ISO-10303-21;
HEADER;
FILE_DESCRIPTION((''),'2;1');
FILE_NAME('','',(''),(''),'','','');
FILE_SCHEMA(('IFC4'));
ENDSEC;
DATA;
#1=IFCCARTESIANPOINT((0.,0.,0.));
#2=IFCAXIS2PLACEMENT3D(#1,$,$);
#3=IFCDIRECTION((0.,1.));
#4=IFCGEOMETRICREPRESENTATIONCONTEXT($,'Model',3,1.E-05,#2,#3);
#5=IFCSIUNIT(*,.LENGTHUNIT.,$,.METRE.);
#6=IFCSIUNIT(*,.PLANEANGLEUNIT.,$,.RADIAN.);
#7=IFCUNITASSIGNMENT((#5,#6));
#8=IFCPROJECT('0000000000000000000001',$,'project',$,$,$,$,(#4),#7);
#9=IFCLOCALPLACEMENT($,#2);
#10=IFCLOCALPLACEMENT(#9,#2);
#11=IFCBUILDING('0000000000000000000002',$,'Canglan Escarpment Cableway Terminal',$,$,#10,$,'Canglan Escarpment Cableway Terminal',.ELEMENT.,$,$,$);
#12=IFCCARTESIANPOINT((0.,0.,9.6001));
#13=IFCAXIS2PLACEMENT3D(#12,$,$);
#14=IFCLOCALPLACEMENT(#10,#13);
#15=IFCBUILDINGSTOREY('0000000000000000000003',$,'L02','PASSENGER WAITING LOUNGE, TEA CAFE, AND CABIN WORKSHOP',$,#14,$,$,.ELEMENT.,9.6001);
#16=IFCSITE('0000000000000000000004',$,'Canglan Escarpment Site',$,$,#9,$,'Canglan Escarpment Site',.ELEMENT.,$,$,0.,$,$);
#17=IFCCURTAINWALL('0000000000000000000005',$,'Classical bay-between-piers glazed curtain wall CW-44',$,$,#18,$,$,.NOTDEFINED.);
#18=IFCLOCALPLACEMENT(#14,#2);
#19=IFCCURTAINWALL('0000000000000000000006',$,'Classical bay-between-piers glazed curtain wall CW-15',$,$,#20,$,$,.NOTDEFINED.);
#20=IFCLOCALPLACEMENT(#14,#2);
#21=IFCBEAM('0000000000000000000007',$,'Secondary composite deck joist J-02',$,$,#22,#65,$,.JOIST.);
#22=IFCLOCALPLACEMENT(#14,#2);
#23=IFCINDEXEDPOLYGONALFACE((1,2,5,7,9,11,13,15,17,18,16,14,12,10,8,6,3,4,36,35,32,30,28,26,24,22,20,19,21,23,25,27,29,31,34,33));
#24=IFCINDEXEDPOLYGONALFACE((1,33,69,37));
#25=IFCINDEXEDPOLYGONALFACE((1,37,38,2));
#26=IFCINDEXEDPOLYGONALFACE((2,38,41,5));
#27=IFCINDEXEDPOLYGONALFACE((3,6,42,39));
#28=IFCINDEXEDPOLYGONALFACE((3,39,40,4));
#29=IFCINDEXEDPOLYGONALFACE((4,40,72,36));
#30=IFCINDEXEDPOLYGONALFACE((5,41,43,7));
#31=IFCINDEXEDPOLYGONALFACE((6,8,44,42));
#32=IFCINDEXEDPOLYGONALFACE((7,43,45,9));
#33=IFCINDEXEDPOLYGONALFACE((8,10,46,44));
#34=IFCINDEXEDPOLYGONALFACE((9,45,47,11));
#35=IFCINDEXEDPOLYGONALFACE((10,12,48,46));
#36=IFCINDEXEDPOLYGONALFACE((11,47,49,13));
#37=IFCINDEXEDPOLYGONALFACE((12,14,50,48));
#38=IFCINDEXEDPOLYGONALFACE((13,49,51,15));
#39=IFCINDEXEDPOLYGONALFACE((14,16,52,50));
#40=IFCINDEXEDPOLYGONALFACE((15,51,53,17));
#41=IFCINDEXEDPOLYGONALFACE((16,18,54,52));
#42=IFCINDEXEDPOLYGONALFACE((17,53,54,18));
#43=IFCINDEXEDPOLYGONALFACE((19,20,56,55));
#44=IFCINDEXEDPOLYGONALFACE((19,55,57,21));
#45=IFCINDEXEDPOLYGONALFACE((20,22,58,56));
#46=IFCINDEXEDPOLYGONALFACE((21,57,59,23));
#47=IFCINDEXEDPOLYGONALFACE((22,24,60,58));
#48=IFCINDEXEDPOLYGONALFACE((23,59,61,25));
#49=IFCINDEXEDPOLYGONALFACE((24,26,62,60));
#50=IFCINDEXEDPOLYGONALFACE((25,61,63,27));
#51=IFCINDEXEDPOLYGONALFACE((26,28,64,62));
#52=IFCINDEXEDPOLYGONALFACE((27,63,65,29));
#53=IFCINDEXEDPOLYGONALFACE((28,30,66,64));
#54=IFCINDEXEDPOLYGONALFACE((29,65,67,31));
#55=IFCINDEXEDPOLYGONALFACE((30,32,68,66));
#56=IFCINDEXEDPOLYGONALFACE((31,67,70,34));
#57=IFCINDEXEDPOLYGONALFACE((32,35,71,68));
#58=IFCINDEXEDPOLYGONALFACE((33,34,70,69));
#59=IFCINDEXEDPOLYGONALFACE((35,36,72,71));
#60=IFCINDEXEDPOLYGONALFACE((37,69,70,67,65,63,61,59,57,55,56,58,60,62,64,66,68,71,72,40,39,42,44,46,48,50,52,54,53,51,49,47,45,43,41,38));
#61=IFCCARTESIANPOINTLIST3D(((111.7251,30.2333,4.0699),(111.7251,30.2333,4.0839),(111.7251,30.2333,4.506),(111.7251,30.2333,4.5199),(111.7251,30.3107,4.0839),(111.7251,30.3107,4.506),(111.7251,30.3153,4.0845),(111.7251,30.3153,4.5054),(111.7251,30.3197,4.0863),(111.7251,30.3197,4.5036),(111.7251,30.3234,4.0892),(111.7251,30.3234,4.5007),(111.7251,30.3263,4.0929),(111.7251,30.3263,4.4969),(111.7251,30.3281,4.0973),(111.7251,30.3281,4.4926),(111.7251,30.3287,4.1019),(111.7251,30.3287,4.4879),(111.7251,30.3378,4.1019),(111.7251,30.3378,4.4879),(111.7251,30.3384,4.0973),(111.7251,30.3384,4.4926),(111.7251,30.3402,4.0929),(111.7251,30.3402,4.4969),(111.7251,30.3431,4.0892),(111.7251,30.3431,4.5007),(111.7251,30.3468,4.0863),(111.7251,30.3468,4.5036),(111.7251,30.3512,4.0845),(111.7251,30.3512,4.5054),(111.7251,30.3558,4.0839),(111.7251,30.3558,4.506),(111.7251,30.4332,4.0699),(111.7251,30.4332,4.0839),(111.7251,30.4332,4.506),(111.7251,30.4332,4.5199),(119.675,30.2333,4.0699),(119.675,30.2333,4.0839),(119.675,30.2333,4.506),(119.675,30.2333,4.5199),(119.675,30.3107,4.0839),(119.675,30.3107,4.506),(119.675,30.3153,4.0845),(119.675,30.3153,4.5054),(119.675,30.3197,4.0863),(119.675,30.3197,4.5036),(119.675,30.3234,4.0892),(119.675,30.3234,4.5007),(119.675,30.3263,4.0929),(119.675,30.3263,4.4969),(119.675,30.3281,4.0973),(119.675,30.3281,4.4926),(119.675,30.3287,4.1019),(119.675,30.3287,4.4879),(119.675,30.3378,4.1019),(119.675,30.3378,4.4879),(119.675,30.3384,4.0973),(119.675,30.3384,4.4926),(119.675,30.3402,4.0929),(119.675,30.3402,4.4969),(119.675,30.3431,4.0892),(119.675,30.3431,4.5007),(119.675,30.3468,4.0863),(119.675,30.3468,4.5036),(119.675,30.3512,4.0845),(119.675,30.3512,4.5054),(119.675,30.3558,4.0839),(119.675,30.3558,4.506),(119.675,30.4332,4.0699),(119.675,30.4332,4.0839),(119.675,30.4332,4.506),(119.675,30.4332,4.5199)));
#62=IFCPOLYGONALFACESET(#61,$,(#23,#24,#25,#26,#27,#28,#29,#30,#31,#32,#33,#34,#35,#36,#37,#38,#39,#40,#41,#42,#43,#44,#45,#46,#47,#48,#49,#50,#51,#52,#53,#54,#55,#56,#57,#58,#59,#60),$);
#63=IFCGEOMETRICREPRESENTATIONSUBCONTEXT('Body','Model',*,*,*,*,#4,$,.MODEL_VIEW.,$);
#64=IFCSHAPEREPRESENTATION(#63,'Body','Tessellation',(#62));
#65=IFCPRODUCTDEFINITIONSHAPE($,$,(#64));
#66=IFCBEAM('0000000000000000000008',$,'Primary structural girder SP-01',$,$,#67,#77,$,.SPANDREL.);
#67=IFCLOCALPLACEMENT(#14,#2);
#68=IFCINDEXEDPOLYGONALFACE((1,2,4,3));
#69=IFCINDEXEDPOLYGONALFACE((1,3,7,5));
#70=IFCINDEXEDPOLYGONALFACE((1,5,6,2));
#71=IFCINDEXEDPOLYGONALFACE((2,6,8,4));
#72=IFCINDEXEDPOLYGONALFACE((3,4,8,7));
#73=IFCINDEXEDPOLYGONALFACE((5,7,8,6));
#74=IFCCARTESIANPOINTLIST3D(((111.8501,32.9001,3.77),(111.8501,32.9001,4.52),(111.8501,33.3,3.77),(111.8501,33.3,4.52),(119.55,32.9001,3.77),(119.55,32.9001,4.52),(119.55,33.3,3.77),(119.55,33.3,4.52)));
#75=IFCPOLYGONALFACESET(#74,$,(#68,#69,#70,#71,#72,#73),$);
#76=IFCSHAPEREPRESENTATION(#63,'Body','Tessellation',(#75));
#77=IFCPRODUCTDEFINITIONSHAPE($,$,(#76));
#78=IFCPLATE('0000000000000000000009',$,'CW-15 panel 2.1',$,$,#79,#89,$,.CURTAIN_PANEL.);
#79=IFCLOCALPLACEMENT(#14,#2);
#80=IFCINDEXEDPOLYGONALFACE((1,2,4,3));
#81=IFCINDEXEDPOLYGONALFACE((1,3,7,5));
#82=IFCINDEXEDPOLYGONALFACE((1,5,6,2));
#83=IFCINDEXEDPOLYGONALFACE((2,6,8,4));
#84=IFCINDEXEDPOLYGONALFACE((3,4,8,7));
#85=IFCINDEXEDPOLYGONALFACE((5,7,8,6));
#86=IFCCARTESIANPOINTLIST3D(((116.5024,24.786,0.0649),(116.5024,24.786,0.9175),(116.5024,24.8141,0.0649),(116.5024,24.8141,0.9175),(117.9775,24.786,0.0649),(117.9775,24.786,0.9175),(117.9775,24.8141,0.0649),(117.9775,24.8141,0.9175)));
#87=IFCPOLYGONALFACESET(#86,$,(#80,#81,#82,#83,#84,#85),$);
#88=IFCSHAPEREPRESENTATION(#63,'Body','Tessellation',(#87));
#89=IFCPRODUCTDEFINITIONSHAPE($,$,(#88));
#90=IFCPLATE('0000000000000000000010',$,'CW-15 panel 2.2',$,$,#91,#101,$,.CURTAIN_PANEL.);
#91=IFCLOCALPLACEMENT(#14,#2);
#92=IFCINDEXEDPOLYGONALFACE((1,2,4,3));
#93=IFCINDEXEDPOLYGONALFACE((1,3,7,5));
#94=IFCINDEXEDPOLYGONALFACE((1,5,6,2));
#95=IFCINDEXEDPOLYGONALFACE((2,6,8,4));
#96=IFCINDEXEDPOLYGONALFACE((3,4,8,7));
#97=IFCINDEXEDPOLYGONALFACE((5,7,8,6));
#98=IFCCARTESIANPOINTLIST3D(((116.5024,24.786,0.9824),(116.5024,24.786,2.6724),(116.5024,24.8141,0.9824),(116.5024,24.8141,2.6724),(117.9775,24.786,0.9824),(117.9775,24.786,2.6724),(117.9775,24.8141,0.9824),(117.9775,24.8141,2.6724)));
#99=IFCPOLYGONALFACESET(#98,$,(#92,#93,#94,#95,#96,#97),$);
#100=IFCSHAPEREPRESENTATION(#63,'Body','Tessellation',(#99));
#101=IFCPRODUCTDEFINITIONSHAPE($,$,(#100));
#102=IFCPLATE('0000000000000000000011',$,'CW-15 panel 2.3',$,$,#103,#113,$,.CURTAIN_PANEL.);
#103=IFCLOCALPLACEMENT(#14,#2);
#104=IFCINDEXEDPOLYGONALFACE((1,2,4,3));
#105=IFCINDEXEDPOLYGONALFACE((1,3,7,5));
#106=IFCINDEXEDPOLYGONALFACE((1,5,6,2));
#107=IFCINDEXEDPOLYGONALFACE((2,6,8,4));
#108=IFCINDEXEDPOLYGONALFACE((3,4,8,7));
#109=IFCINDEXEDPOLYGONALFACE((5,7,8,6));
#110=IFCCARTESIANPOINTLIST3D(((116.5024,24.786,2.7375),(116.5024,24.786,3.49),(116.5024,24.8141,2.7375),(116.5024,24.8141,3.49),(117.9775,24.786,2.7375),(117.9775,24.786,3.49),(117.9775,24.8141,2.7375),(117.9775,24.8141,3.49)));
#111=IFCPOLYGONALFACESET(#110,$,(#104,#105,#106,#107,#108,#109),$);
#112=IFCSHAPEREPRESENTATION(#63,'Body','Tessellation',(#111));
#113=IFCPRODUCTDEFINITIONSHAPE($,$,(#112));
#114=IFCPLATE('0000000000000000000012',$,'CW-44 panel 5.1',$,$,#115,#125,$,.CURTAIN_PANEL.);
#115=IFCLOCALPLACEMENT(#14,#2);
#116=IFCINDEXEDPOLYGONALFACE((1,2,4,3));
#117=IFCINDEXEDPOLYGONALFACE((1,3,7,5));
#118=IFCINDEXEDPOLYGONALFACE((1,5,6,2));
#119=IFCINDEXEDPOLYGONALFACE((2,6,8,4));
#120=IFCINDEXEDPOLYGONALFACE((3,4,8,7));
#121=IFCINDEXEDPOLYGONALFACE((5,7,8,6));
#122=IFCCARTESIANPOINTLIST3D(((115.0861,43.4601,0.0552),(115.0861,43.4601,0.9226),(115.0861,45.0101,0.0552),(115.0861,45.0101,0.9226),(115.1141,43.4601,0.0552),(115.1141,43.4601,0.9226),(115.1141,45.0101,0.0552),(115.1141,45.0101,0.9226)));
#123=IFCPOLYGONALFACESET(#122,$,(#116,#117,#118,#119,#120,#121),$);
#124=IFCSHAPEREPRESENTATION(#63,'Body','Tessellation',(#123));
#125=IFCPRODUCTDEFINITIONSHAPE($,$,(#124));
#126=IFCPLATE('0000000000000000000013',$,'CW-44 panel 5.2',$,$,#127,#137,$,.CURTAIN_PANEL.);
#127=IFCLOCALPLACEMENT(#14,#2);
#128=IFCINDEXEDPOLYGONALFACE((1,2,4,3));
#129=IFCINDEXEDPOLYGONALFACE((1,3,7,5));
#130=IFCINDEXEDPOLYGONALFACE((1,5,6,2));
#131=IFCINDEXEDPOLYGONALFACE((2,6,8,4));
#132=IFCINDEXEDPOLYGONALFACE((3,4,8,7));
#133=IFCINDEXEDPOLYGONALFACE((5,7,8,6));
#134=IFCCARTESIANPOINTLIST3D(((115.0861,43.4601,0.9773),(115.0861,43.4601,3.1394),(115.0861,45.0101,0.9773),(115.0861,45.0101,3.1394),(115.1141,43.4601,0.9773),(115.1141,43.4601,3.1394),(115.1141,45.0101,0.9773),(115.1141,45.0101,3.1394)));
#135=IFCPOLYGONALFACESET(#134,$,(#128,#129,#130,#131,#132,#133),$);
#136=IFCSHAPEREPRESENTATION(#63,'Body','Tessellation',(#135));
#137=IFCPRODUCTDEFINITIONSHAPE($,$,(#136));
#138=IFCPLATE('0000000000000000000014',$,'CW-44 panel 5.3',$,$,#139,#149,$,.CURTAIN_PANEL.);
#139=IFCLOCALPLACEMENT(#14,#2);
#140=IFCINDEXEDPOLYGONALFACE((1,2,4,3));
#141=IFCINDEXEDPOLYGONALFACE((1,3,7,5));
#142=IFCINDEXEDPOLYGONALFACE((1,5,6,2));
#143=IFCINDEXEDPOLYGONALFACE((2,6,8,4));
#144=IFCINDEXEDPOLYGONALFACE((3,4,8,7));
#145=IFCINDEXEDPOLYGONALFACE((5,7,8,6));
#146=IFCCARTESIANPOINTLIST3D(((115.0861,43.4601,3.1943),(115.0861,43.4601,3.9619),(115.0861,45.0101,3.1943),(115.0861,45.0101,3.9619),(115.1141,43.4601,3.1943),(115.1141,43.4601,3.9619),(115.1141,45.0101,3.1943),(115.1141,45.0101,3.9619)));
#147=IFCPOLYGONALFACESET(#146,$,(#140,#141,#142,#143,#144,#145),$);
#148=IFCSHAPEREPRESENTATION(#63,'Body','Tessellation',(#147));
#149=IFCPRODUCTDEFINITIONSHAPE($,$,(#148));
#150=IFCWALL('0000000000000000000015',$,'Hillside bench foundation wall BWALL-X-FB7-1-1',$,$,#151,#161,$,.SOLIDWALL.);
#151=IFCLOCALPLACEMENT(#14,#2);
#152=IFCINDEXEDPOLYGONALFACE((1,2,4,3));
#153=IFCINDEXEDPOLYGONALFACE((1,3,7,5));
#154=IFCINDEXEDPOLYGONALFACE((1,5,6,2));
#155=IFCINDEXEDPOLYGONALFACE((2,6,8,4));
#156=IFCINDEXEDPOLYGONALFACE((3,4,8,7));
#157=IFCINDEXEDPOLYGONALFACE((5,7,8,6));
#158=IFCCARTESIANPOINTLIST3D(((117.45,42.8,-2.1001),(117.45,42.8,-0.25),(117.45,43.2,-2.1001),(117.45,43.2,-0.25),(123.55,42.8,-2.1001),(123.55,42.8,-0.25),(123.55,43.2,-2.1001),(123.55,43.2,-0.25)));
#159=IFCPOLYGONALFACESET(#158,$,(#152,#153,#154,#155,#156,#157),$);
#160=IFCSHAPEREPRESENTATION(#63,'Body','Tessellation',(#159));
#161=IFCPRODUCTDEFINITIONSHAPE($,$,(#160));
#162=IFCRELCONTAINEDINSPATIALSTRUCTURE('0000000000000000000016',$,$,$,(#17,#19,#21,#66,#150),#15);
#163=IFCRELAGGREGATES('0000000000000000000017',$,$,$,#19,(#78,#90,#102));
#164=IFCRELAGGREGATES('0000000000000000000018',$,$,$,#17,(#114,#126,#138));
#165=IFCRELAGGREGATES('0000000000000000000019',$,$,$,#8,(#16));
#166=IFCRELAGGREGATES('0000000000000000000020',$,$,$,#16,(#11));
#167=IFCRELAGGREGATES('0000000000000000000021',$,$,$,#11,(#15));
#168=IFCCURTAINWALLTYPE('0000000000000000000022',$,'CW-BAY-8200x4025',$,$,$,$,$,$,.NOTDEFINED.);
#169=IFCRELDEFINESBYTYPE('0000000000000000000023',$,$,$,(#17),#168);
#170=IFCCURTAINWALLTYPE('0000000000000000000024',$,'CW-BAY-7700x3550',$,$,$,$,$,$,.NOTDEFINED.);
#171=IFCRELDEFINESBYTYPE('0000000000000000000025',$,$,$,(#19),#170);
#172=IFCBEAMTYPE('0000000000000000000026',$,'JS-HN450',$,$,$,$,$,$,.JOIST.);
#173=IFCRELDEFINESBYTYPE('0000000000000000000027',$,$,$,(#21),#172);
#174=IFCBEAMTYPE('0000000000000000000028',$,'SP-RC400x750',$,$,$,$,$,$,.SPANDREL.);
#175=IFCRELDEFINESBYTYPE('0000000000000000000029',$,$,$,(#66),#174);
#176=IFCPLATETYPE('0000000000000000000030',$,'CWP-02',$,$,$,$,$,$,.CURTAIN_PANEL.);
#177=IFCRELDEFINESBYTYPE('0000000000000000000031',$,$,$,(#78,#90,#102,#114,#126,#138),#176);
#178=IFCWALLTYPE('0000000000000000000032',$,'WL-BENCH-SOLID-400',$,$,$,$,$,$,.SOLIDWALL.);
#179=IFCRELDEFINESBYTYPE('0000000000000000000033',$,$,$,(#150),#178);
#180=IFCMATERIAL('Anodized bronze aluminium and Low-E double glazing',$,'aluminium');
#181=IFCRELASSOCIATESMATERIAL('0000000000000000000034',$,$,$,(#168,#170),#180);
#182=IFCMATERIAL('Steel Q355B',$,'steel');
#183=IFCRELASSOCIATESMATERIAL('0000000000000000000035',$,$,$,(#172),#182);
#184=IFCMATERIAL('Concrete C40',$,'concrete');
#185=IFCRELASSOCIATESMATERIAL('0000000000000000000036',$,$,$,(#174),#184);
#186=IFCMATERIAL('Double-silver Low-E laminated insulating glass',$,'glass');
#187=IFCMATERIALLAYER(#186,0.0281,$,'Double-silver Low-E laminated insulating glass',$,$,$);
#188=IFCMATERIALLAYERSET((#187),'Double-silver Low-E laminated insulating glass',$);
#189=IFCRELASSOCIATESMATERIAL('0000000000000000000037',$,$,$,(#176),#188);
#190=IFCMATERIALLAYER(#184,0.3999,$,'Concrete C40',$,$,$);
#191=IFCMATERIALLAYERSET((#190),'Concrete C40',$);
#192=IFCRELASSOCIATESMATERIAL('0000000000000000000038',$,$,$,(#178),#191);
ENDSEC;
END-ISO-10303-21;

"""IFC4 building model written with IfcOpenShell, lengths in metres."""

from ifc_helpers import new_model, si_unit, direction, frame, frame_2d, origin, origin_2d, place, context, subcontext, project, spatial, rectangle, i_section, extrude, material, layer, layer_set, material_profile, profile_set, type_object, element, aggregate, save


model = new_model("IFC4")

# Units and contexts
model_context = context("Model", 3, precision=1e-05, world=origin(), true_north=direction((0.0, 1.0)))
body_context = subcontext(model_context, "Body", "Model", "MODEL_VIEW")
ifc_project = project(units=[si_unit("LENGTHUNIT", "METRE"), si_unit("PLANEANGLEUNIT", "RADIAN")], contexts=[model_context])

# Site, building, storey
site_placement = place(None, origin())
site = spatial("IfcSite", under=ifc_project, at=site_placement, Name="Canglan Escarpment Site", LongName="Canglan Escarpment Site", CompositionType="ELEMENT", RefElevation=0.0)
building_placement = place(site_placement, origin())
building = spatial("IfcBuilding", under=site, at=building_placement, Name="Canglan Escarpment Cableway Terminal", LongName="Canglan Escarpment Cableway Terminal", CompositionType="ELEMENT")
storey_placement = place(building_placement, frame((0.0, 0.0, 9.6001)))
storey = spatial("IfcBuildingStorey", under=building, at=storey_placement, Name="L02", Description="PASSENGER WAITING LOUNGE, TEA CAFE, AND CABIN WORKSHOP", CompositionType="ELEMENT", Elevation=9.6001)

# Shared definitions
ifc_material_1 = material(Name="Concrete C40", Category="concrete")

# Shared definitions
ifc_material_2 = material(Name="Steel Q355B", Category="steel")

# Curtain walls
ifc_material_3 = material(Name="Anodized bronze aluminium and Low-E double glazing", Category="aluminium")
curtain_wall_type_1 = type_object("IfcCurtainWallType", Name="CW-BAY-8200x4025", PredefinedType="NOTDEFINED", material=ifc_material_3)
curtain_wall_1_placement = place(storey_placement, origin())
curtain_wall_1 = element("IfcCurtainWall", 1, at=curtain_wall_1_placement, inside=storey, type_object=curtain_wall_type_1, Name="Classical bay-between-piers glazed curtain wall CW-44", PredefinedType="NOTDEFINED")
curtain_wall_type_2 = type_object("IfcCurtainWallType", Name="CW-BAY-7700x3550", PredefinedType="NOTDEFINED", material=ifc_material_3)
curtain_wall_2_placement = place(storey_placement, origin())
curtain_wall_2 = element("IfcCurtainWall", 2, at=curtain_wall_2_placement, inside=storey, type_object=curtain_wall_type_2, Name="Classical bay-between-piers glazed curtain wall CW-15", PredefinedType="NOTDEFINED")

# Beams
ifc_material_profile_1 = material_profile(ifc_material_2, i_section(OverallWidth=0.2, OverallDepth=0.45, WebThickness=0.009, FlangeThickness=0.0139, FilletRadius=0.0181, at=origin_2d()), Name="HN 450x200x9x14")
ifc_profile_set_1 = profile_set([ifc_material_profile_1], Name="Steel Q355B")
beam_type_1 = type_object("IfcBeamType", Name="JS-HN450", PredefinedType="JOIST", material=ifc_profile_set_1)
for number, where, z_axis, x_axis, name in (
    (3, (111.7251, 30.3333, 4.2949), (1.0, 0.0, 0.0), (0.0, 1.0, 0.0), "Secondary composite deck joist J-02"),
):
    element("IfcBeam", number, at=place(storey_placement, frame(where, z_axis=z_axis, x_axis=x_axis)), inside=storey, type_object=beam_type_1, Name=name, PredefinedType="JOIST", context=body_context, shape_type="SweptSolid", body=[
        extrude(i_section(OverallWidth=0.2, OverallDepth=0.45, WebThickness=0.009, FlangeThickness=0.0139, FilletRadius=0.0181, at=origin_2d()), origin(), (0.0, 0.0, 1.0), 7.95),
    ])
ifc_material_profile_2 = material_profile(ifc_material_1, rectangle(XDim=0.3999, YDim=0.75, at=origin_2d()), Name="RC 400x750")
ifc_profile_set_2 = profile_set([ifc_material_profile_2], Name="Concrete C40")
beam_type_2 = type_object("IfcBeamType", Name="SP-RC400x750", PredefinedType="SPANDREL", material=ifc_profile_set_2)
beam_1_placement = place(storey_placement, frame((111.8501, 33.1001, 4.145), z_axis=(1.0, 0.0, 0.0), x_axis=(0.0, 1.0, 0.0)))
element("IfcBeam", 4, at=beam_1_placement, inside=storey, type_object=beam_type_2, Name="Primary structural girder SP-01", PredefinedType="SPANDREL", context=body_context, shape_type="SweptSolid", body=[
    extrude(rectangle(XDim=0.3999, YDim=0.75, at=origin_2d()), origin(), (0.0, 0.0, 1.0), 7.7),
])

# Plates
ifc_material_4 = material(Name="Double-silver Low-E laminated insulating glass", Category="glass")
ifc_layer_1 = layer(ifc_material_4, 0.0281, Name="Double-silver Low-E laminated insulating glass")
ifc_layer_set_1 = layer_set([ifc_layer_1], Name="Double-silver Low-E laminated insulating glass")
plate_type = type_object("IfcPlateType", Name="CWP-02", PredefinedType="CURTAIN_PANEL", material=ifc_layer_set_1)
plate_1_placement = place(storey_placement, frame((117.24, 24.8, 0.0649), z_axis=(0.0, 0.0, 1.0), x_axis=(-1.0, 0.0, 0.0)))
plate_1 = element("IfcPlate", 5, at=plate_1_placement, type_object=plate_type, Name="CW-15 panel 2.1", PredefinedType="CURTAIN_PANEL", context=body_context, shape_type="SweptSolid", body=[
    extrude(rectangle(XDim=1.4751, YDim=0.0281, at=origin_2d()), origin(), (0.0, 0.0, 1.0), 0.8525),
])
plate_2_placement = place(storey_placement, frame((117.24, 24.8, 0.9824), z_axis=(0.0, 0.0, 1.0), x_axis=(-1.0, 0.0, 0.0)))
plate_2 = element("IfcPlate", 6, at=plate_2_placement, type_object=plate_type, Name="CW-15 panel 2.2", PredefinedType="CURTAIN_PANEL", context=body_context, shape_type="SweptSolid", body=[
    extrude(rectangle(XDim=1.4751, YDim=0.0281, at=origin_2d()), origin(), (0.0, 0.0, 1.0), 1.6899),
])
plate_3_placement = place(storey_placement, frame((117.24, 24.8, 2.7375), z_axis=(0.0, 0.0, 1.0), x_axis=(-1.0, 0.0, 0.0)))
plate_3 = element("IfcPlate", 7, at=plate_3_placement, type_object=plate_type, Name="CW-15 panel 2.3", PredefinedType="CURTAIN_PANEL", context=body_context, shape_type="SweptSolid", body=[
    extrude(rectangle(XDim=1.4751, YDim=0.0281, at=origin_2d()), origin(), (0.0, 0.0, 1.0), 0.7524),
])
aggregate(curtain_wall_2, [plate_1, plate_2, plate_3])
plate_4_placement = place(storey_placement, frame((115.1001, 44.2351, 0.0552), z_axis=(0.0, 0.0, 1.0), x_axis=(0.0, -1.0, 0.0)))
plate_4 = element("IfcPlate", 8, at=plate_4_placement, type_object=plate_type, Name="CW-44 panel 5.1", PredefinedType="CURTAIN_PANEL", context=body_context, shape_type="SweptSolid", body=[
    extrude(rectangle(XDim=1.55, YDim=0.0281, at=origin_2d()), origin(), (0.0, 0.0, 1.0), 0.8674),
])
plate_5_placement = place(storey_placement, frame((115.1001, 44.2351, 0.9773), z_axis=(0.0, 0.0, 1.0), x_axis=(0.0, -1.0, 0.0)))
plate_5 = element("IfcPlate", 9, at=plate_5_placement, type_object=plate_type, Name="CW-44 panel 5.2", PredefinedType="CURTAIN_PANEL", context=body_context, shape_type="SweptSolid", body=[
    extrude(rectangle(XDim=1.55, YDim=0.0281, at=origin_2d()), origin(), (0.0, 0.0, 1.0), 2.1621),
])
plate_6_placement = place(storey_placement, frame((115.1001, 44.2351, 3.1943), z_axis=(0.0, 0.0, 1.0), x_axis=(0.0, -1.0, 0.0)))
plate_6 = element("IfcPlate", 10, at=plate_6_placement, type_object=plate_type, Name="CW-44 panel 5.3", PredefinedType="CURTAIN_PANEL", context=body_context, shape_type="SweptSolid", body=[
    extrude(rectangle(XDim=1.55, YDim=0.0281, at=origin_2d()), origin(), (0.0, 0.0, 1.0), 0.7676),
])
aggregate(curtain_wall_1, [plate_4, plate_5, plate_6])

# Wall
ifc_layer_2 = layer(ifc_material_1, 0.3999, Name="Concrete C40")
ifc_layer_set_2 = layer_set([ifc_layer_2], Name="Concrete C40")
wall_type_1 = type_object("IfcWallType", Name="WL-BENCH-SOLID-400", PredefinedType="SOLIDWALL", material=ifc_layer_set_2)
wall_1_placement = place(storey_placement, frame((117.45, 43.0, -2.1001), z_axis=(0.0, 0.0, 1.0), x_axis=(1.0, 0.0, 0.0)))
element("IfcWall", 11, at=wall_1_placement, inside=storey, type_object=wall_type_1, Name="Hillside bench foundation wall BWALL-X-FB7-1-1", PredefinedType="SOLIDWALL", context=body_context, shape_type="SweptSolid", body=[
    extrude(rectangle(XDim=6.1001, YDim=0.3999, at=frame_2d((3.05, 0.0))), origin(), (0.0, 0.0, 1.0), 1.8501),
])

save(model, "model.ifc")
